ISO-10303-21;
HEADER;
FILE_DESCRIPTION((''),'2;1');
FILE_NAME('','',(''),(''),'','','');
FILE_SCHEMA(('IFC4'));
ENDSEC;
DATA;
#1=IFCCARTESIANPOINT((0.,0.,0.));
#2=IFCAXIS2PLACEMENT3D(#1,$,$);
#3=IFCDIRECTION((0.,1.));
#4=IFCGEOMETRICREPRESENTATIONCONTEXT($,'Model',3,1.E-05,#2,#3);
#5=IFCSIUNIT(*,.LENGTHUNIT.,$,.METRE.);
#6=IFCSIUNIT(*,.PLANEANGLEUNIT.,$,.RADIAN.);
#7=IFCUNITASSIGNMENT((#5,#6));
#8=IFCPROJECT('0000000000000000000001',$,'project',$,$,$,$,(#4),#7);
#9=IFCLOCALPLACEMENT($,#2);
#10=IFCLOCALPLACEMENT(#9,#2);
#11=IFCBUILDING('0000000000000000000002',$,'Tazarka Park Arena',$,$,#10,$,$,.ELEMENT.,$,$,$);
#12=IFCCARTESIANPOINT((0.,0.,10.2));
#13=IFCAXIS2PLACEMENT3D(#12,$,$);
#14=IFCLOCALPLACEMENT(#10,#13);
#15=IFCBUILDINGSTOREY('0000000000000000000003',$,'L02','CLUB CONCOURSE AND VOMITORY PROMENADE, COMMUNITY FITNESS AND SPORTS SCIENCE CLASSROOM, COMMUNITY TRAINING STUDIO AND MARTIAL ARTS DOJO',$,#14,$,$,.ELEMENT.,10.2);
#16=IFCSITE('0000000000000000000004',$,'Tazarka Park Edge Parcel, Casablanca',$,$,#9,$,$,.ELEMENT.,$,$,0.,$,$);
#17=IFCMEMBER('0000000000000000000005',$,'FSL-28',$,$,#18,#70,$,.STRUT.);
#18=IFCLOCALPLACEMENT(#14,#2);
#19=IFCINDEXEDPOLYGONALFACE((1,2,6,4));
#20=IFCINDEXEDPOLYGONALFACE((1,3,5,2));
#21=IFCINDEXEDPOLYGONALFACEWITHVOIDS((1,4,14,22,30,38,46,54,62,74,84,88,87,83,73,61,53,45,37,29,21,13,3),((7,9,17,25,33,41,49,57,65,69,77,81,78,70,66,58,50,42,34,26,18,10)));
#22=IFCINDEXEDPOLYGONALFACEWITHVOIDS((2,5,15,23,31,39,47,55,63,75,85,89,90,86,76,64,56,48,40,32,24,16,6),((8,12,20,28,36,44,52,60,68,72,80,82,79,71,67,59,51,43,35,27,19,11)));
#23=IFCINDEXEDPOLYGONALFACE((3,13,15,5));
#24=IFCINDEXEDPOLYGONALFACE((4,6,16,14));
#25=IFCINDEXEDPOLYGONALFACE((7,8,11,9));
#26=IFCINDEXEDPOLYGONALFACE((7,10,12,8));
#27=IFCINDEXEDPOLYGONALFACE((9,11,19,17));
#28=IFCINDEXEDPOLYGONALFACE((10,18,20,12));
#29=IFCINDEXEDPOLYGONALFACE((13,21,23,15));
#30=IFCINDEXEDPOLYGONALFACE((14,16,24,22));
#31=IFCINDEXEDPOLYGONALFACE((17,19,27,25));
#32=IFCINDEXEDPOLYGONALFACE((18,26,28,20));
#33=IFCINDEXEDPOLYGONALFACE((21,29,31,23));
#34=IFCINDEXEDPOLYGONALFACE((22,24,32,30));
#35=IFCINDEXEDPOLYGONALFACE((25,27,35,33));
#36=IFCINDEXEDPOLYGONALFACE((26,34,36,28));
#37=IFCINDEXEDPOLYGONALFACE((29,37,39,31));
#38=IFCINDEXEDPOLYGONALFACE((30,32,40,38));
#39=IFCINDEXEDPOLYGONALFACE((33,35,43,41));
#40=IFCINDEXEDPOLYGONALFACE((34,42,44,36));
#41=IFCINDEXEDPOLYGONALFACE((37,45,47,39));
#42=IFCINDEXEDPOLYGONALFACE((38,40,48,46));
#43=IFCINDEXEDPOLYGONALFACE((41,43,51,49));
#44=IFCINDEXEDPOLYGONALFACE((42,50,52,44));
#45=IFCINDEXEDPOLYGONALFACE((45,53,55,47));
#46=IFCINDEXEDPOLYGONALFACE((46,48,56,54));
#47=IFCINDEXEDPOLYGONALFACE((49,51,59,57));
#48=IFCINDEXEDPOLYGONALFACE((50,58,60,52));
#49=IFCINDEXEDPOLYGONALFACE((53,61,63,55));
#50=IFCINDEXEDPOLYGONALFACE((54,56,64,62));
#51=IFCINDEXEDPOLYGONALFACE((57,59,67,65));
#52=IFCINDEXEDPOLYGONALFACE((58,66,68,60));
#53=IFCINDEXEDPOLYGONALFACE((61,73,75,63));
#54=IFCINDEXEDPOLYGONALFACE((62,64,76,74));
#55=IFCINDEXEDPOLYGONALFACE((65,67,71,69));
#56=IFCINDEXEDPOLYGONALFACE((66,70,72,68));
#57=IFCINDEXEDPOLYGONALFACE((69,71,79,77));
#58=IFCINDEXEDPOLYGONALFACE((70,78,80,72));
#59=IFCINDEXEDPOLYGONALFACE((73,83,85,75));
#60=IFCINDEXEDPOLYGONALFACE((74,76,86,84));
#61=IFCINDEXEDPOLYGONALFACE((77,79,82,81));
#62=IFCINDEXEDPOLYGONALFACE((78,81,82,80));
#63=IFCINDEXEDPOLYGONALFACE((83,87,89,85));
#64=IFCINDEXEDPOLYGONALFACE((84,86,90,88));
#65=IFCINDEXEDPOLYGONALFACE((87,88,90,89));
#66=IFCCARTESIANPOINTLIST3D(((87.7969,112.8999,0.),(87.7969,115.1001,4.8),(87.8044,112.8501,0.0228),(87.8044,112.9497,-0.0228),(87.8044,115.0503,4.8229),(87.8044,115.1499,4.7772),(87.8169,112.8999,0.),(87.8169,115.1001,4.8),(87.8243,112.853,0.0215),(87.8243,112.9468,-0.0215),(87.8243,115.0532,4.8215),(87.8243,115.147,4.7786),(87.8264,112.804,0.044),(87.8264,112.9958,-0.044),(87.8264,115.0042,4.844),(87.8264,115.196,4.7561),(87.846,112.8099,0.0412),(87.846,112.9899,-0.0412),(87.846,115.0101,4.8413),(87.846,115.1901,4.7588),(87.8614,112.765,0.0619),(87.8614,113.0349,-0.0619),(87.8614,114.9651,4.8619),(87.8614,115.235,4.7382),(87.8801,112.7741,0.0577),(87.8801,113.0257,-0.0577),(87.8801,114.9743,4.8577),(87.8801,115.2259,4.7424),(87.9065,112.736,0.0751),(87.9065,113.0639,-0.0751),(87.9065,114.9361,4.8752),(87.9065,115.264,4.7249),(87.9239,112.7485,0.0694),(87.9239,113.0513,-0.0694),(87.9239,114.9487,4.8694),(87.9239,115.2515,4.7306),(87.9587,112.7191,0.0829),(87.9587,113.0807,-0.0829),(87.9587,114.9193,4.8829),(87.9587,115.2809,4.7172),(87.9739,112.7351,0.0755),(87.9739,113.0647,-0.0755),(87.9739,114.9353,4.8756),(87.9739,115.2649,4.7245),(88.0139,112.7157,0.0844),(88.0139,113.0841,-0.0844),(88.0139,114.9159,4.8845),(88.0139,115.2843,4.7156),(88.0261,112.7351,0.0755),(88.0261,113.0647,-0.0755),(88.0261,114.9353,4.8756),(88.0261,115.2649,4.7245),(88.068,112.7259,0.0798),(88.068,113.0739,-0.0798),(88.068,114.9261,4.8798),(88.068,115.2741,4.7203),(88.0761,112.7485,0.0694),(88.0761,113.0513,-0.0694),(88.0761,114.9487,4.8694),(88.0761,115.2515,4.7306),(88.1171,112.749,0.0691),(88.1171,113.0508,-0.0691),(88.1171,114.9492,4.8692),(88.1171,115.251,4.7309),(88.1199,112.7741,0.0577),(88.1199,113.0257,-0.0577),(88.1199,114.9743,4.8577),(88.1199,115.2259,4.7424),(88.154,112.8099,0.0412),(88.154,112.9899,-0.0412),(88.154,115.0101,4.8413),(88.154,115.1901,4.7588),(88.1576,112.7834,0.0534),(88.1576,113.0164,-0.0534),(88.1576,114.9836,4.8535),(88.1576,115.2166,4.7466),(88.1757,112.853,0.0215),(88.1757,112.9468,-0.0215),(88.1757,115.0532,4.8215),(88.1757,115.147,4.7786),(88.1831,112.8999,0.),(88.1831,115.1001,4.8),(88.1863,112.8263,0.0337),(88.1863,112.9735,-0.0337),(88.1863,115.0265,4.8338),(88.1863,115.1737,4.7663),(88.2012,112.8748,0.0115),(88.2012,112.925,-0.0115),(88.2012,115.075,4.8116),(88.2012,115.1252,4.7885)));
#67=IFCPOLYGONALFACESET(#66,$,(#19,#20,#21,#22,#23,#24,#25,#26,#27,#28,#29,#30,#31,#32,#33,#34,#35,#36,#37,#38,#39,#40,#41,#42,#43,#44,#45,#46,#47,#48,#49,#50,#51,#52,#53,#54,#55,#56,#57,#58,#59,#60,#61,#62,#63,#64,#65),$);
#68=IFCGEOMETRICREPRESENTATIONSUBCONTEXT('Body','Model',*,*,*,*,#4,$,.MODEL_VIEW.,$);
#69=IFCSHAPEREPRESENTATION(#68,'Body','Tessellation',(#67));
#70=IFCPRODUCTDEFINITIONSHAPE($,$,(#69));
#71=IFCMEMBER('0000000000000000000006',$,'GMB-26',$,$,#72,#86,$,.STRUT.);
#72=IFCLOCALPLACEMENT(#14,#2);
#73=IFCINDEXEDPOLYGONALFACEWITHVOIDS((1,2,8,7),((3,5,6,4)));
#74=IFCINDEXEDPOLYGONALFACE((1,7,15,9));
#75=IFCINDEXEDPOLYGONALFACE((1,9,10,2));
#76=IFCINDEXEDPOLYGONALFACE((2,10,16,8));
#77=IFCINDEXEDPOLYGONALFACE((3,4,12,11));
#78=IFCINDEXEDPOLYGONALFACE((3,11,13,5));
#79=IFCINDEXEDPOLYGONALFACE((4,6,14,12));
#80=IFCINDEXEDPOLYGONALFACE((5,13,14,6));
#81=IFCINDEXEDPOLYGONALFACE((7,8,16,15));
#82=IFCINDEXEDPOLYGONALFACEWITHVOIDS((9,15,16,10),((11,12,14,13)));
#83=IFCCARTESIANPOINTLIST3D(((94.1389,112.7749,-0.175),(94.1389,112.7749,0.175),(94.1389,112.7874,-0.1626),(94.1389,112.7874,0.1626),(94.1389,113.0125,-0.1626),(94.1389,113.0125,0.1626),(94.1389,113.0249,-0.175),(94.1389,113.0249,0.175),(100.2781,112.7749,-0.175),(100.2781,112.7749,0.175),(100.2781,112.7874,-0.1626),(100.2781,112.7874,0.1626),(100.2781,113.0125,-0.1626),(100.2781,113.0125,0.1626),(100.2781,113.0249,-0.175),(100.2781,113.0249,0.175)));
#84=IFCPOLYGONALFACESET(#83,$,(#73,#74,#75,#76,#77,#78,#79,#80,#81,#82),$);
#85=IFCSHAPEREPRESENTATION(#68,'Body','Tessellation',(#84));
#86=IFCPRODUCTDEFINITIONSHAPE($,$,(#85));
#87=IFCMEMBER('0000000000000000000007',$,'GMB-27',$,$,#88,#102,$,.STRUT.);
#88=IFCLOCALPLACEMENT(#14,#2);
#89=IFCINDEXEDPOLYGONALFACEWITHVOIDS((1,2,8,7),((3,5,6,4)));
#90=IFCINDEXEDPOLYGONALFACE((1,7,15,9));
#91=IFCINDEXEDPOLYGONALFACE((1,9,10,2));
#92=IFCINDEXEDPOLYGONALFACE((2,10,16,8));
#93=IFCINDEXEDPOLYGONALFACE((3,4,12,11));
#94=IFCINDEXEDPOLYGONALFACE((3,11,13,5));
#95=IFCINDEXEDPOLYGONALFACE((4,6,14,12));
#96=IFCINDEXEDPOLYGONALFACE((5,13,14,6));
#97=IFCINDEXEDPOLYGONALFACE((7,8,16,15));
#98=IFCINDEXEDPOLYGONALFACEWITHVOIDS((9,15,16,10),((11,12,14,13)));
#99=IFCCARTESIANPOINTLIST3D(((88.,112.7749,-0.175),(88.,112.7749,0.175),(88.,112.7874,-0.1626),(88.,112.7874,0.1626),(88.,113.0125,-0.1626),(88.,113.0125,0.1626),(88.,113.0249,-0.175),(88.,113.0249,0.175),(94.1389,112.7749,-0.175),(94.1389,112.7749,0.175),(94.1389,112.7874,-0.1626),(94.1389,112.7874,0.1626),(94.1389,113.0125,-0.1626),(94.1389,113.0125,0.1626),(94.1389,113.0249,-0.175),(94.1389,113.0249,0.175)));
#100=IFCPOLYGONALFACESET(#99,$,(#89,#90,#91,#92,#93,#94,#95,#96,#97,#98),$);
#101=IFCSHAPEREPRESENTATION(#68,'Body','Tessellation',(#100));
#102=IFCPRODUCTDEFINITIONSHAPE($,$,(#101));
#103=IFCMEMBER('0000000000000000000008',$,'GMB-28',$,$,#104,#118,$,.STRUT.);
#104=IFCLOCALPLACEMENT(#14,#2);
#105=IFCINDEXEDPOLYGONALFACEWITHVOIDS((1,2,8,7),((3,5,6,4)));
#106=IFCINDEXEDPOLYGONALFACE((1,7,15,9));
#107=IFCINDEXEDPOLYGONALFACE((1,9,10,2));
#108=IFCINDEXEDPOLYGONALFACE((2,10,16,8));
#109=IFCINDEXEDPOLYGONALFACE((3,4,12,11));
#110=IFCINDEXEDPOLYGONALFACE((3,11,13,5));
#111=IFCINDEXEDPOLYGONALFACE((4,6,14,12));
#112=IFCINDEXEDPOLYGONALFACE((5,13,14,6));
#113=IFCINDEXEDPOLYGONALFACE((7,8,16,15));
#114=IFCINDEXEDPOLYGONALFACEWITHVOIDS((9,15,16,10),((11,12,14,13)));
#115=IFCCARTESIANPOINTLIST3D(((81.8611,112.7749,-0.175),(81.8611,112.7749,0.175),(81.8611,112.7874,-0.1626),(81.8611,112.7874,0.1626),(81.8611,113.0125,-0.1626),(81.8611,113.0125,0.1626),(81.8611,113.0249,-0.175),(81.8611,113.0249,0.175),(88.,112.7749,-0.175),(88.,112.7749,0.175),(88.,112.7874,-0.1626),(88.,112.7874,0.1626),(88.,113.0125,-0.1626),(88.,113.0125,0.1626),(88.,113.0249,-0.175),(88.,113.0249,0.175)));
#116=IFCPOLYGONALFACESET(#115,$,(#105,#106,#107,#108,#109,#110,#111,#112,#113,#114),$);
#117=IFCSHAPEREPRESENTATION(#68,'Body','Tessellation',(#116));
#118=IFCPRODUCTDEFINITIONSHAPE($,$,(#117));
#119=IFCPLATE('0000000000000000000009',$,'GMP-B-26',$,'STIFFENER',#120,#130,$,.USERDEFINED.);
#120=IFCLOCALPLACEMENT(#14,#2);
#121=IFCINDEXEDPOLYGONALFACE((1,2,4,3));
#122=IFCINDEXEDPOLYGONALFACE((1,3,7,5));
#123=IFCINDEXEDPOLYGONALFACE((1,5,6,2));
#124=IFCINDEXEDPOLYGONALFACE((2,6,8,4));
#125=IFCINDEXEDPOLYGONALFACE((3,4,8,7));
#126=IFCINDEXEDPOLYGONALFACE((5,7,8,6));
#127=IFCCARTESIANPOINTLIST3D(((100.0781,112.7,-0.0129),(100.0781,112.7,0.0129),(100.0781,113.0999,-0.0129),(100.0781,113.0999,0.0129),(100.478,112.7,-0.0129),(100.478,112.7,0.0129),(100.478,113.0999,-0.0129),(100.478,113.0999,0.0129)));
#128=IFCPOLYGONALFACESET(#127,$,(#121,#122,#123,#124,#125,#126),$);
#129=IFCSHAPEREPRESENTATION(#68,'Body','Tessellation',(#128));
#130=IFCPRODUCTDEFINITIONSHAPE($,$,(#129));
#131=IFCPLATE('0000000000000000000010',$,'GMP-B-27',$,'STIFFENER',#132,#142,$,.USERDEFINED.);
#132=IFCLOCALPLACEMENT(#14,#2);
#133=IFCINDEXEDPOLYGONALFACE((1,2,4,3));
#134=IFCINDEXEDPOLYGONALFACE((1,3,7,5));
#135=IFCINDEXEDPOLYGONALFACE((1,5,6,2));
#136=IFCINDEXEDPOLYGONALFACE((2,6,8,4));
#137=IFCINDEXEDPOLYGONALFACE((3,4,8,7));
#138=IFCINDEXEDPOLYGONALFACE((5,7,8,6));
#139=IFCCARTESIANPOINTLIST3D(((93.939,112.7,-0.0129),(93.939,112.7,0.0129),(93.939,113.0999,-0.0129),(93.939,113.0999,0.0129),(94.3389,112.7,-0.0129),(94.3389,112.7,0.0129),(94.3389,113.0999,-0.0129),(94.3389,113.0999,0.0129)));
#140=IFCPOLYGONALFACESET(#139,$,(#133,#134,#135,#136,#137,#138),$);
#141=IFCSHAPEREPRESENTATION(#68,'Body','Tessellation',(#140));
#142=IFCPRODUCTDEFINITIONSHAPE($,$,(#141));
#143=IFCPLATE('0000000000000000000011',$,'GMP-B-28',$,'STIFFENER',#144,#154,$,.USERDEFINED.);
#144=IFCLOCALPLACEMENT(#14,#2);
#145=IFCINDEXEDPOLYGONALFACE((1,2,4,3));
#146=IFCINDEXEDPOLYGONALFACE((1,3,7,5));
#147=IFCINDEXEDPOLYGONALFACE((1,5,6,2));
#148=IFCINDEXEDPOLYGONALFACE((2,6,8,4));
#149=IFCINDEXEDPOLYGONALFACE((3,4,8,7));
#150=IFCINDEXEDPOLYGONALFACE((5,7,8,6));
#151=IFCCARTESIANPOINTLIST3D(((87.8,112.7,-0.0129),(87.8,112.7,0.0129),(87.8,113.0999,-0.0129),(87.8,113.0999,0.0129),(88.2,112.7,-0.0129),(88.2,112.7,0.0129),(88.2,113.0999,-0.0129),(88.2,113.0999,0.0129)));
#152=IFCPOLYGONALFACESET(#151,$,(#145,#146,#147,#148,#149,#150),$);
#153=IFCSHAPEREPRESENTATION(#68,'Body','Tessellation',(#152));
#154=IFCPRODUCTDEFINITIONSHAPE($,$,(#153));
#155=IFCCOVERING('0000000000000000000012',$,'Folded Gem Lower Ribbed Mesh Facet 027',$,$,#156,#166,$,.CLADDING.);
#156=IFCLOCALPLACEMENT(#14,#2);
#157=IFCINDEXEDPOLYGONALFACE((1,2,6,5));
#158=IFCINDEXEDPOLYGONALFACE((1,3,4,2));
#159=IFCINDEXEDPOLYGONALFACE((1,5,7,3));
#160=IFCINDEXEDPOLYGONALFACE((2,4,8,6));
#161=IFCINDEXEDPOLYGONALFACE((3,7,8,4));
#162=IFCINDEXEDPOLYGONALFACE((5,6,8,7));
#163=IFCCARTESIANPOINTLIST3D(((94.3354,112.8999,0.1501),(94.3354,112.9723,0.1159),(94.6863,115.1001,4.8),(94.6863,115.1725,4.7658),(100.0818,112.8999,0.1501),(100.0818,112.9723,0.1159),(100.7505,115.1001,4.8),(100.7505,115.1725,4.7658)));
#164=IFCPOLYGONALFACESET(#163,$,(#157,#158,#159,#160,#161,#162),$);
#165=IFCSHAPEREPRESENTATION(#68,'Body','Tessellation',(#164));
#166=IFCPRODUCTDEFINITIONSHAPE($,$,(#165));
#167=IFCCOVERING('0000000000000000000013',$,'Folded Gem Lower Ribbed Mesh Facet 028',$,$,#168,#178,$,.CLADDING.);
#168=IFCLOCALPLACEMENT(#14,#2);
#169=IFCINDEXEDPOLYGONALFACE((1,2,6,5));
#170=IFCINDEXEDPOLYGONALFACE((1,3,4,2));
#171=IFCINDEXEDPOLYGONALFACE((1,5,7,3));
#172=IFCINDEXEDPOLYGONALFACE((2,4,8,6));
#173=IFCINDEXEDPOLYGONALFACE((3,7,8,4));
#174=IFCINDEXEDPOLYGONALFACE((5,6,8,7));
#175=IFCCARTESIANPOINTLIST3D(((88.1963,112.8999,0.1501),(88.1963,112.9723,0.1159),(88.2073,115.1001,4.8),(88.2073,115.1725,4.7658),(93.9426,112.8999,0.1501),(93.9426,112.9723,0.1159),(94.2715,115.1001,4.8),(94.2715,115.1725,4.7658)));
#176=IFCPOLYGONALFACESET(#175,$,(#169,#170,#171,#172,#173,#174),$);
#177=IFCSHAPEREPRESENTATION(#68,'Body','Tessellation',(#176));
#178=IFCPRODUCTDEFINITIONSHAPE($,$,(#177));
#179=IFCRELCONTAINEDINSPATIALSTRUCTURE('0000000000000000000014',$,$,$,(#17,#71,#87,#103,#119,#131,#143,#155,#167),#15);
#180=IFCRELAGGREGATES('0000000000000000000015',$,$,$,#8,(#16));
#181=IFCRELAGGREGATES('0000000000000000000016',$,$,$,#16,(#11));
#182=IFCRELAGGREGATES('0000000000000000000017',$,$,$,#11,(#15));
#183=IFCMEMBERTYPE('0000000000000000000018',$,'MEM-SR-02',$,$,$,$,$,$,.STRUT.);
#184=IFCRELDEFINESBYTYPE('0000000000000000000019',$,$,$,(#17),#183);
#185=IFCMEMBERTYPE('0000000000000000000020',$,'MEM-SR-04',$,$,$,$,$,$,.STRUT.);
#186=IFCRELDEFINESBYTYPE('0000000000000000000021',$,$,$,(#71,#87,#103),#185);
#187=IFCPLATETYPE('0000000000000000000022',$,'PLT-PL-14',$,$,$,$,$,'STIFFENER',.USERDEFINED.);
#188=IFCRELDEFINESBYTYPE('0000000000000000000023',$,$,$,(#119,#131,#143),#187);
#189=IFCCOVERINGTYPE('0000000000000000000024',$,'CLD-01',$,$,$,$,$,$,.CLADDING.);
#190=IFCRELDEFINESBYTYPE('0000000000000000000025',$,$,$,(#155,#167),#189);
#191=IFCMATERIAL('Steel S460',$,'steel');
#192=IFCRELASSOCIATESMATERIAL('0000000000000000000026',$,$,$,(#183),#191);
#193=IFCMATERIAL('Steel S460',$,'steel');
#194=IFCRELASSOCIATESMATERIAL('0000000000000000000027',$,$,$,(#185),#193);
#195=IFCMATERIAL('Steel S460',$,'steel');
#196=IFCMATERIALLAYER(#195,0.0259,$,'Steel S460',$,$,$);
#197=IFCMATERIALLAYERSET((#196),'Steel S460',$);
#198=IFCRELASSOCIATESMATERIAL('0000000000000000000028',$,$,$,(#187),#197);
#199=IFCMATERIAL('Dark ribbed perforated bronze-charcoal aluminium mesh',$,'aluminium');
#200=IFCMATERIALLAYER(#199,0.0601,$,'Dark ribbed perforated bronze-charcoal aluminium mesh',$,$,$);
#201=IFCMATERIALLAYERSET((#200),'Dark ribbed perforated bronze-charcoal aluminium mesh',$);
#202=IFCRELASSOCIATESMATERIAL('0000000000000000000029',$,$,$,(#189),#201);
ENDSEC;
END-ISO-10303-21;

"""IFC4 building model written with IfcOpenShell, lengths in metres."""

from ifc_helpers import new_model, si_unit, direction, frame, origin, origin_2d, place, context, subcontext, project, spatial, polyline, rectangle, hollow_rectangle, hollow_circle, outline, extrude, material, layer, layer_set, material_profile, profile_set, type_object, element, save


model = new_model("IFC4")

# Units and contexts
model_context = context("Model", 3, precision=1e-05, world=origin(), true_north=direction((0.0, 1.0)))
body_context = subcontext(model_context, "Body", "Model", "MODEL_VIEW")
ifc_project = project(units=[si_unit("LENGTHUNIT", "METRE"), si_unit("PLANEANGLEUNIT", "RADIAN")], contexts=[model_context])

# Site, building, storey
site_placement = place(None, origin())
site = spatial("IfcSite", under=ifc_project, at=site_placement, Name="Tazarka Park Edge Parcel, Casablanca", CompositionType="ELEMENT", RefElevation=0.0)
building_placement = place(site_placement, origin())
building = spatial("IfcBuilding", under=site, at=building_placement, Name="Tazarka Park Arena", CompositionType="ELEMENT")
storey_placement = place(building_placement, frame((0.0, 0.0, 10.2)))
storey = spatial("IfcBuildingStorey", under=building, at=storey_placement, Name="L02", Description="CLUB CONCOURSE AND VOMITORY PROMENADE, COMMUNITY FITNESS AND SPORTS SCIENCE CLASSROOM, COMMUNITY TRAINING STUDIO AND MARTIAL ARTS DOJO", CompositionType="ELEMENT", Elevation=10.2)

# Members
ifc_material_1 = material(Name="Steel S460", Category="steel")
ifc_material_profile_1 = material_profile(ifc_material_1, hollow_circle(Radius=0.2031, WallThickness=0.02, at=origin_2d()), Name="Steel S460")
ifc_profile_set_1 = profile_set([ifc_material_profile_1], Name="Steel S460")
member_type_1 = type_object("IfcMemberType", Name="MEM-SR-02", PredefinedType="STRUT", material=ifc_profile_set_1)
member_1_placement = place(storey_placement, frame((88.0, 112.8999, 0.0), z_axis=(0.0, 0.416682, 0.909052), x_axis=(-1.0, 0.0, 0.0)))
element("IfcMember", 1, at=member_1_placement, inside=storey, type_object=member_type_1, Name="FSL-28", PredefinedType="STRUT", context=body_context, shape_type="SweptSolid", body=[
    extrude(hollow_circle(Radius=0.2031, WallThickness=0.02, at=origin_2d()), origin(), (0.0, 0.0, 1.0), 5.2803),
])
ifc_material_2 = material(Name="Steel S460", Category="steel")
ifc_material_profile_2 = material_profile(ifc_material_2, hollow_rectangle(XDim=0.25, YDim=0.3501, WallThickness=0.0125, at=origin_2d()), Name="Steel S460")
ifc_profile_set_2 = profile_set([ifc_material_profile_2], Name="Steel S460")
member_type_2 = type_object("IfcMemberType", Name="MEM-SR-04", PredefinedType="STRUT", material=ifc_profile_set_2)
member_2_placement = place(storey_placement, frame((100.2781, 112.8999, 0.0), z_axis=(-1.0, 0.0, 0.0), x_axis=(0.0, -1.0, 0.0)))
element("IfcMember", 2, at=member_2_placement, inside=storey, type_object=member_type_2, Name="GMB-26", PredefinedType="STRUT", context=body_context, shape_type="SweptSolid", body=[
    extrude(hollow_rectangle(XDim=0.25, YDim=0.3501, WallThickness=0.0125, at=origin_2d()), origin(), (0.0, 0.0, 1.0), 6.1392),
])
for number, where, z_axis, x_axis, name in (
    (3, (94.1389, 112.8999, 0.0), (-1.0, 0.0, 0.0), (0.0, -1.0, 0.0), "GMB-27"),
    (4, (88.0, 112.8999, 0.0), (-1.0, 0.0, 0.0), (0.0, -1.0, 0.0), "GMB-28"),
):
    element("IfcMember", number, at=place(storey_placement, frame(where, z_axis=z_axis, x_axis=x_axis)), inside=storey, type_object=member_type_2, Name=name, PredefinedType="STRUT", context=body_context, shape_type="SweptSolid", body=[
        extrude(hollow_rectangle(XDim=0.25, YDim=0.3501, WallThickness=0.0125, at=origin_2d()), origin(), (0.0, 0.0, 1.0), 6.1389),
    ])

# Plates
ifc_material_3 = material(Name="Steel S460", Category="steel")
ifc_layer_1 = layer(ifc_material_3, 0.0259, Name="Steel S460")
ifc_layer_set_1 = layer_set([ifc_layer_1], Name="Steel S460")
plate_type = type_object("IfcPlateType", Name="PLT-PL-14", ElementType="STIFFENER", PredefinedType="USERDEFINED", material=ifc_layer_set_1)
for number, where, z_axis, x_axis, name in (
    (5, (100.2781, 112.8999, -0.0129), (0.0, 0.0, 1.0), (1.0, 0.0, 0.0), "GMP-B-26"),
    (6, (94.1389, 112.8999, -0.0129), (0.0, 0.0, 1.0), (1.0, 0.0, 0.0), "GMP-B-27"),
    (7, (88.0, 112.8999, -0.0129), (0.0, 0.0, 1.0), (1.0, 0.0, 0.0), "GMP-B-28"),
):
    element("IfcPlate", number, at=place(storey_placement, frame(where, z_axis=z_axis, x_axis=x_axis)), inside=storey, type_object=plate_type, Name=name, ObjectType="STIFFENER", PredefinedType="USERDEFINED", context=body_context, shape_type="SweptSolid", body=[
        extrude(rectangle(XDim=0.3999, YDim=0.3999, at=origin_2d()), origin(), (0.0, 0.0, 1.0), 0.0259),
    ])

# Coverings
ifc_material_4 = material(Name="Dark ribbed perforated bronze-charcoal aluminium mesh", Category="aluminium")
ifc_layer_2 = layer(ifc_material_4, 0.0601, Name="Dark ribbed perforated bronze-charcoal aluminium mesh")
ifc_layer_set_2 = layer_set([ifc_layer_2], Name="Dark ribbed perforated bronze-charcoal aluminium mesh")
covering_type = type_object("IfcCoveringType", Name="CLD-01", PredefinedType="CLADDING", material=ifc_layer_set_2)
covering_1_placement = place(storey_placement, frame((100.0818, 112.8999, 0.1501), z_axis=(0.0, -0.903918, 0.427707), x_axis=(-1.0, 0.0, 0.0)))
element("IfcCovering", 8, at=covering_1_placement, inside=storey, type_object=covering_type, Name="Folded Gem Lower Ribbed Mesh Facet 027", PredefinedType="CLADDING", context=body_context, shape_type="SweptSolid", body=[
    extrude(outline(polyline([(0.0, 0.0), (5.7463, 0.0), (5.3955, -5.1442), (-0.6687, -5.1442), (0.0, 0.0)])), origin(), (0.0, 0.0, -1.0), 0.0801),
])
covering_2_placement = place(storey_placement, frame((93.9426, 112.8999, 0.1501), z_axis=(0.0, -0.903918, 0.427707), x_axis=(-1.0, 0.0, 0.0)))
element("IfcCovering", 9, at=covering_2_placement, inside=storey, type_object=covering_type, Name="Folded Gem Lower Ribbed Mesh Facet 028", PredefinedType="CLADDING", context=body_context, shape_type="SweptSolid", body=[
    extrude(outline(polyline([(0.0, 0.0), (5.7463, 0.0), (5.7354, -5.1442), (-0.3289, -5.1442), (0.0, 0.0)])), origin(), (0.0, 0.0, -1.0), 0.0801),
])

save(model, "model.ifc")
